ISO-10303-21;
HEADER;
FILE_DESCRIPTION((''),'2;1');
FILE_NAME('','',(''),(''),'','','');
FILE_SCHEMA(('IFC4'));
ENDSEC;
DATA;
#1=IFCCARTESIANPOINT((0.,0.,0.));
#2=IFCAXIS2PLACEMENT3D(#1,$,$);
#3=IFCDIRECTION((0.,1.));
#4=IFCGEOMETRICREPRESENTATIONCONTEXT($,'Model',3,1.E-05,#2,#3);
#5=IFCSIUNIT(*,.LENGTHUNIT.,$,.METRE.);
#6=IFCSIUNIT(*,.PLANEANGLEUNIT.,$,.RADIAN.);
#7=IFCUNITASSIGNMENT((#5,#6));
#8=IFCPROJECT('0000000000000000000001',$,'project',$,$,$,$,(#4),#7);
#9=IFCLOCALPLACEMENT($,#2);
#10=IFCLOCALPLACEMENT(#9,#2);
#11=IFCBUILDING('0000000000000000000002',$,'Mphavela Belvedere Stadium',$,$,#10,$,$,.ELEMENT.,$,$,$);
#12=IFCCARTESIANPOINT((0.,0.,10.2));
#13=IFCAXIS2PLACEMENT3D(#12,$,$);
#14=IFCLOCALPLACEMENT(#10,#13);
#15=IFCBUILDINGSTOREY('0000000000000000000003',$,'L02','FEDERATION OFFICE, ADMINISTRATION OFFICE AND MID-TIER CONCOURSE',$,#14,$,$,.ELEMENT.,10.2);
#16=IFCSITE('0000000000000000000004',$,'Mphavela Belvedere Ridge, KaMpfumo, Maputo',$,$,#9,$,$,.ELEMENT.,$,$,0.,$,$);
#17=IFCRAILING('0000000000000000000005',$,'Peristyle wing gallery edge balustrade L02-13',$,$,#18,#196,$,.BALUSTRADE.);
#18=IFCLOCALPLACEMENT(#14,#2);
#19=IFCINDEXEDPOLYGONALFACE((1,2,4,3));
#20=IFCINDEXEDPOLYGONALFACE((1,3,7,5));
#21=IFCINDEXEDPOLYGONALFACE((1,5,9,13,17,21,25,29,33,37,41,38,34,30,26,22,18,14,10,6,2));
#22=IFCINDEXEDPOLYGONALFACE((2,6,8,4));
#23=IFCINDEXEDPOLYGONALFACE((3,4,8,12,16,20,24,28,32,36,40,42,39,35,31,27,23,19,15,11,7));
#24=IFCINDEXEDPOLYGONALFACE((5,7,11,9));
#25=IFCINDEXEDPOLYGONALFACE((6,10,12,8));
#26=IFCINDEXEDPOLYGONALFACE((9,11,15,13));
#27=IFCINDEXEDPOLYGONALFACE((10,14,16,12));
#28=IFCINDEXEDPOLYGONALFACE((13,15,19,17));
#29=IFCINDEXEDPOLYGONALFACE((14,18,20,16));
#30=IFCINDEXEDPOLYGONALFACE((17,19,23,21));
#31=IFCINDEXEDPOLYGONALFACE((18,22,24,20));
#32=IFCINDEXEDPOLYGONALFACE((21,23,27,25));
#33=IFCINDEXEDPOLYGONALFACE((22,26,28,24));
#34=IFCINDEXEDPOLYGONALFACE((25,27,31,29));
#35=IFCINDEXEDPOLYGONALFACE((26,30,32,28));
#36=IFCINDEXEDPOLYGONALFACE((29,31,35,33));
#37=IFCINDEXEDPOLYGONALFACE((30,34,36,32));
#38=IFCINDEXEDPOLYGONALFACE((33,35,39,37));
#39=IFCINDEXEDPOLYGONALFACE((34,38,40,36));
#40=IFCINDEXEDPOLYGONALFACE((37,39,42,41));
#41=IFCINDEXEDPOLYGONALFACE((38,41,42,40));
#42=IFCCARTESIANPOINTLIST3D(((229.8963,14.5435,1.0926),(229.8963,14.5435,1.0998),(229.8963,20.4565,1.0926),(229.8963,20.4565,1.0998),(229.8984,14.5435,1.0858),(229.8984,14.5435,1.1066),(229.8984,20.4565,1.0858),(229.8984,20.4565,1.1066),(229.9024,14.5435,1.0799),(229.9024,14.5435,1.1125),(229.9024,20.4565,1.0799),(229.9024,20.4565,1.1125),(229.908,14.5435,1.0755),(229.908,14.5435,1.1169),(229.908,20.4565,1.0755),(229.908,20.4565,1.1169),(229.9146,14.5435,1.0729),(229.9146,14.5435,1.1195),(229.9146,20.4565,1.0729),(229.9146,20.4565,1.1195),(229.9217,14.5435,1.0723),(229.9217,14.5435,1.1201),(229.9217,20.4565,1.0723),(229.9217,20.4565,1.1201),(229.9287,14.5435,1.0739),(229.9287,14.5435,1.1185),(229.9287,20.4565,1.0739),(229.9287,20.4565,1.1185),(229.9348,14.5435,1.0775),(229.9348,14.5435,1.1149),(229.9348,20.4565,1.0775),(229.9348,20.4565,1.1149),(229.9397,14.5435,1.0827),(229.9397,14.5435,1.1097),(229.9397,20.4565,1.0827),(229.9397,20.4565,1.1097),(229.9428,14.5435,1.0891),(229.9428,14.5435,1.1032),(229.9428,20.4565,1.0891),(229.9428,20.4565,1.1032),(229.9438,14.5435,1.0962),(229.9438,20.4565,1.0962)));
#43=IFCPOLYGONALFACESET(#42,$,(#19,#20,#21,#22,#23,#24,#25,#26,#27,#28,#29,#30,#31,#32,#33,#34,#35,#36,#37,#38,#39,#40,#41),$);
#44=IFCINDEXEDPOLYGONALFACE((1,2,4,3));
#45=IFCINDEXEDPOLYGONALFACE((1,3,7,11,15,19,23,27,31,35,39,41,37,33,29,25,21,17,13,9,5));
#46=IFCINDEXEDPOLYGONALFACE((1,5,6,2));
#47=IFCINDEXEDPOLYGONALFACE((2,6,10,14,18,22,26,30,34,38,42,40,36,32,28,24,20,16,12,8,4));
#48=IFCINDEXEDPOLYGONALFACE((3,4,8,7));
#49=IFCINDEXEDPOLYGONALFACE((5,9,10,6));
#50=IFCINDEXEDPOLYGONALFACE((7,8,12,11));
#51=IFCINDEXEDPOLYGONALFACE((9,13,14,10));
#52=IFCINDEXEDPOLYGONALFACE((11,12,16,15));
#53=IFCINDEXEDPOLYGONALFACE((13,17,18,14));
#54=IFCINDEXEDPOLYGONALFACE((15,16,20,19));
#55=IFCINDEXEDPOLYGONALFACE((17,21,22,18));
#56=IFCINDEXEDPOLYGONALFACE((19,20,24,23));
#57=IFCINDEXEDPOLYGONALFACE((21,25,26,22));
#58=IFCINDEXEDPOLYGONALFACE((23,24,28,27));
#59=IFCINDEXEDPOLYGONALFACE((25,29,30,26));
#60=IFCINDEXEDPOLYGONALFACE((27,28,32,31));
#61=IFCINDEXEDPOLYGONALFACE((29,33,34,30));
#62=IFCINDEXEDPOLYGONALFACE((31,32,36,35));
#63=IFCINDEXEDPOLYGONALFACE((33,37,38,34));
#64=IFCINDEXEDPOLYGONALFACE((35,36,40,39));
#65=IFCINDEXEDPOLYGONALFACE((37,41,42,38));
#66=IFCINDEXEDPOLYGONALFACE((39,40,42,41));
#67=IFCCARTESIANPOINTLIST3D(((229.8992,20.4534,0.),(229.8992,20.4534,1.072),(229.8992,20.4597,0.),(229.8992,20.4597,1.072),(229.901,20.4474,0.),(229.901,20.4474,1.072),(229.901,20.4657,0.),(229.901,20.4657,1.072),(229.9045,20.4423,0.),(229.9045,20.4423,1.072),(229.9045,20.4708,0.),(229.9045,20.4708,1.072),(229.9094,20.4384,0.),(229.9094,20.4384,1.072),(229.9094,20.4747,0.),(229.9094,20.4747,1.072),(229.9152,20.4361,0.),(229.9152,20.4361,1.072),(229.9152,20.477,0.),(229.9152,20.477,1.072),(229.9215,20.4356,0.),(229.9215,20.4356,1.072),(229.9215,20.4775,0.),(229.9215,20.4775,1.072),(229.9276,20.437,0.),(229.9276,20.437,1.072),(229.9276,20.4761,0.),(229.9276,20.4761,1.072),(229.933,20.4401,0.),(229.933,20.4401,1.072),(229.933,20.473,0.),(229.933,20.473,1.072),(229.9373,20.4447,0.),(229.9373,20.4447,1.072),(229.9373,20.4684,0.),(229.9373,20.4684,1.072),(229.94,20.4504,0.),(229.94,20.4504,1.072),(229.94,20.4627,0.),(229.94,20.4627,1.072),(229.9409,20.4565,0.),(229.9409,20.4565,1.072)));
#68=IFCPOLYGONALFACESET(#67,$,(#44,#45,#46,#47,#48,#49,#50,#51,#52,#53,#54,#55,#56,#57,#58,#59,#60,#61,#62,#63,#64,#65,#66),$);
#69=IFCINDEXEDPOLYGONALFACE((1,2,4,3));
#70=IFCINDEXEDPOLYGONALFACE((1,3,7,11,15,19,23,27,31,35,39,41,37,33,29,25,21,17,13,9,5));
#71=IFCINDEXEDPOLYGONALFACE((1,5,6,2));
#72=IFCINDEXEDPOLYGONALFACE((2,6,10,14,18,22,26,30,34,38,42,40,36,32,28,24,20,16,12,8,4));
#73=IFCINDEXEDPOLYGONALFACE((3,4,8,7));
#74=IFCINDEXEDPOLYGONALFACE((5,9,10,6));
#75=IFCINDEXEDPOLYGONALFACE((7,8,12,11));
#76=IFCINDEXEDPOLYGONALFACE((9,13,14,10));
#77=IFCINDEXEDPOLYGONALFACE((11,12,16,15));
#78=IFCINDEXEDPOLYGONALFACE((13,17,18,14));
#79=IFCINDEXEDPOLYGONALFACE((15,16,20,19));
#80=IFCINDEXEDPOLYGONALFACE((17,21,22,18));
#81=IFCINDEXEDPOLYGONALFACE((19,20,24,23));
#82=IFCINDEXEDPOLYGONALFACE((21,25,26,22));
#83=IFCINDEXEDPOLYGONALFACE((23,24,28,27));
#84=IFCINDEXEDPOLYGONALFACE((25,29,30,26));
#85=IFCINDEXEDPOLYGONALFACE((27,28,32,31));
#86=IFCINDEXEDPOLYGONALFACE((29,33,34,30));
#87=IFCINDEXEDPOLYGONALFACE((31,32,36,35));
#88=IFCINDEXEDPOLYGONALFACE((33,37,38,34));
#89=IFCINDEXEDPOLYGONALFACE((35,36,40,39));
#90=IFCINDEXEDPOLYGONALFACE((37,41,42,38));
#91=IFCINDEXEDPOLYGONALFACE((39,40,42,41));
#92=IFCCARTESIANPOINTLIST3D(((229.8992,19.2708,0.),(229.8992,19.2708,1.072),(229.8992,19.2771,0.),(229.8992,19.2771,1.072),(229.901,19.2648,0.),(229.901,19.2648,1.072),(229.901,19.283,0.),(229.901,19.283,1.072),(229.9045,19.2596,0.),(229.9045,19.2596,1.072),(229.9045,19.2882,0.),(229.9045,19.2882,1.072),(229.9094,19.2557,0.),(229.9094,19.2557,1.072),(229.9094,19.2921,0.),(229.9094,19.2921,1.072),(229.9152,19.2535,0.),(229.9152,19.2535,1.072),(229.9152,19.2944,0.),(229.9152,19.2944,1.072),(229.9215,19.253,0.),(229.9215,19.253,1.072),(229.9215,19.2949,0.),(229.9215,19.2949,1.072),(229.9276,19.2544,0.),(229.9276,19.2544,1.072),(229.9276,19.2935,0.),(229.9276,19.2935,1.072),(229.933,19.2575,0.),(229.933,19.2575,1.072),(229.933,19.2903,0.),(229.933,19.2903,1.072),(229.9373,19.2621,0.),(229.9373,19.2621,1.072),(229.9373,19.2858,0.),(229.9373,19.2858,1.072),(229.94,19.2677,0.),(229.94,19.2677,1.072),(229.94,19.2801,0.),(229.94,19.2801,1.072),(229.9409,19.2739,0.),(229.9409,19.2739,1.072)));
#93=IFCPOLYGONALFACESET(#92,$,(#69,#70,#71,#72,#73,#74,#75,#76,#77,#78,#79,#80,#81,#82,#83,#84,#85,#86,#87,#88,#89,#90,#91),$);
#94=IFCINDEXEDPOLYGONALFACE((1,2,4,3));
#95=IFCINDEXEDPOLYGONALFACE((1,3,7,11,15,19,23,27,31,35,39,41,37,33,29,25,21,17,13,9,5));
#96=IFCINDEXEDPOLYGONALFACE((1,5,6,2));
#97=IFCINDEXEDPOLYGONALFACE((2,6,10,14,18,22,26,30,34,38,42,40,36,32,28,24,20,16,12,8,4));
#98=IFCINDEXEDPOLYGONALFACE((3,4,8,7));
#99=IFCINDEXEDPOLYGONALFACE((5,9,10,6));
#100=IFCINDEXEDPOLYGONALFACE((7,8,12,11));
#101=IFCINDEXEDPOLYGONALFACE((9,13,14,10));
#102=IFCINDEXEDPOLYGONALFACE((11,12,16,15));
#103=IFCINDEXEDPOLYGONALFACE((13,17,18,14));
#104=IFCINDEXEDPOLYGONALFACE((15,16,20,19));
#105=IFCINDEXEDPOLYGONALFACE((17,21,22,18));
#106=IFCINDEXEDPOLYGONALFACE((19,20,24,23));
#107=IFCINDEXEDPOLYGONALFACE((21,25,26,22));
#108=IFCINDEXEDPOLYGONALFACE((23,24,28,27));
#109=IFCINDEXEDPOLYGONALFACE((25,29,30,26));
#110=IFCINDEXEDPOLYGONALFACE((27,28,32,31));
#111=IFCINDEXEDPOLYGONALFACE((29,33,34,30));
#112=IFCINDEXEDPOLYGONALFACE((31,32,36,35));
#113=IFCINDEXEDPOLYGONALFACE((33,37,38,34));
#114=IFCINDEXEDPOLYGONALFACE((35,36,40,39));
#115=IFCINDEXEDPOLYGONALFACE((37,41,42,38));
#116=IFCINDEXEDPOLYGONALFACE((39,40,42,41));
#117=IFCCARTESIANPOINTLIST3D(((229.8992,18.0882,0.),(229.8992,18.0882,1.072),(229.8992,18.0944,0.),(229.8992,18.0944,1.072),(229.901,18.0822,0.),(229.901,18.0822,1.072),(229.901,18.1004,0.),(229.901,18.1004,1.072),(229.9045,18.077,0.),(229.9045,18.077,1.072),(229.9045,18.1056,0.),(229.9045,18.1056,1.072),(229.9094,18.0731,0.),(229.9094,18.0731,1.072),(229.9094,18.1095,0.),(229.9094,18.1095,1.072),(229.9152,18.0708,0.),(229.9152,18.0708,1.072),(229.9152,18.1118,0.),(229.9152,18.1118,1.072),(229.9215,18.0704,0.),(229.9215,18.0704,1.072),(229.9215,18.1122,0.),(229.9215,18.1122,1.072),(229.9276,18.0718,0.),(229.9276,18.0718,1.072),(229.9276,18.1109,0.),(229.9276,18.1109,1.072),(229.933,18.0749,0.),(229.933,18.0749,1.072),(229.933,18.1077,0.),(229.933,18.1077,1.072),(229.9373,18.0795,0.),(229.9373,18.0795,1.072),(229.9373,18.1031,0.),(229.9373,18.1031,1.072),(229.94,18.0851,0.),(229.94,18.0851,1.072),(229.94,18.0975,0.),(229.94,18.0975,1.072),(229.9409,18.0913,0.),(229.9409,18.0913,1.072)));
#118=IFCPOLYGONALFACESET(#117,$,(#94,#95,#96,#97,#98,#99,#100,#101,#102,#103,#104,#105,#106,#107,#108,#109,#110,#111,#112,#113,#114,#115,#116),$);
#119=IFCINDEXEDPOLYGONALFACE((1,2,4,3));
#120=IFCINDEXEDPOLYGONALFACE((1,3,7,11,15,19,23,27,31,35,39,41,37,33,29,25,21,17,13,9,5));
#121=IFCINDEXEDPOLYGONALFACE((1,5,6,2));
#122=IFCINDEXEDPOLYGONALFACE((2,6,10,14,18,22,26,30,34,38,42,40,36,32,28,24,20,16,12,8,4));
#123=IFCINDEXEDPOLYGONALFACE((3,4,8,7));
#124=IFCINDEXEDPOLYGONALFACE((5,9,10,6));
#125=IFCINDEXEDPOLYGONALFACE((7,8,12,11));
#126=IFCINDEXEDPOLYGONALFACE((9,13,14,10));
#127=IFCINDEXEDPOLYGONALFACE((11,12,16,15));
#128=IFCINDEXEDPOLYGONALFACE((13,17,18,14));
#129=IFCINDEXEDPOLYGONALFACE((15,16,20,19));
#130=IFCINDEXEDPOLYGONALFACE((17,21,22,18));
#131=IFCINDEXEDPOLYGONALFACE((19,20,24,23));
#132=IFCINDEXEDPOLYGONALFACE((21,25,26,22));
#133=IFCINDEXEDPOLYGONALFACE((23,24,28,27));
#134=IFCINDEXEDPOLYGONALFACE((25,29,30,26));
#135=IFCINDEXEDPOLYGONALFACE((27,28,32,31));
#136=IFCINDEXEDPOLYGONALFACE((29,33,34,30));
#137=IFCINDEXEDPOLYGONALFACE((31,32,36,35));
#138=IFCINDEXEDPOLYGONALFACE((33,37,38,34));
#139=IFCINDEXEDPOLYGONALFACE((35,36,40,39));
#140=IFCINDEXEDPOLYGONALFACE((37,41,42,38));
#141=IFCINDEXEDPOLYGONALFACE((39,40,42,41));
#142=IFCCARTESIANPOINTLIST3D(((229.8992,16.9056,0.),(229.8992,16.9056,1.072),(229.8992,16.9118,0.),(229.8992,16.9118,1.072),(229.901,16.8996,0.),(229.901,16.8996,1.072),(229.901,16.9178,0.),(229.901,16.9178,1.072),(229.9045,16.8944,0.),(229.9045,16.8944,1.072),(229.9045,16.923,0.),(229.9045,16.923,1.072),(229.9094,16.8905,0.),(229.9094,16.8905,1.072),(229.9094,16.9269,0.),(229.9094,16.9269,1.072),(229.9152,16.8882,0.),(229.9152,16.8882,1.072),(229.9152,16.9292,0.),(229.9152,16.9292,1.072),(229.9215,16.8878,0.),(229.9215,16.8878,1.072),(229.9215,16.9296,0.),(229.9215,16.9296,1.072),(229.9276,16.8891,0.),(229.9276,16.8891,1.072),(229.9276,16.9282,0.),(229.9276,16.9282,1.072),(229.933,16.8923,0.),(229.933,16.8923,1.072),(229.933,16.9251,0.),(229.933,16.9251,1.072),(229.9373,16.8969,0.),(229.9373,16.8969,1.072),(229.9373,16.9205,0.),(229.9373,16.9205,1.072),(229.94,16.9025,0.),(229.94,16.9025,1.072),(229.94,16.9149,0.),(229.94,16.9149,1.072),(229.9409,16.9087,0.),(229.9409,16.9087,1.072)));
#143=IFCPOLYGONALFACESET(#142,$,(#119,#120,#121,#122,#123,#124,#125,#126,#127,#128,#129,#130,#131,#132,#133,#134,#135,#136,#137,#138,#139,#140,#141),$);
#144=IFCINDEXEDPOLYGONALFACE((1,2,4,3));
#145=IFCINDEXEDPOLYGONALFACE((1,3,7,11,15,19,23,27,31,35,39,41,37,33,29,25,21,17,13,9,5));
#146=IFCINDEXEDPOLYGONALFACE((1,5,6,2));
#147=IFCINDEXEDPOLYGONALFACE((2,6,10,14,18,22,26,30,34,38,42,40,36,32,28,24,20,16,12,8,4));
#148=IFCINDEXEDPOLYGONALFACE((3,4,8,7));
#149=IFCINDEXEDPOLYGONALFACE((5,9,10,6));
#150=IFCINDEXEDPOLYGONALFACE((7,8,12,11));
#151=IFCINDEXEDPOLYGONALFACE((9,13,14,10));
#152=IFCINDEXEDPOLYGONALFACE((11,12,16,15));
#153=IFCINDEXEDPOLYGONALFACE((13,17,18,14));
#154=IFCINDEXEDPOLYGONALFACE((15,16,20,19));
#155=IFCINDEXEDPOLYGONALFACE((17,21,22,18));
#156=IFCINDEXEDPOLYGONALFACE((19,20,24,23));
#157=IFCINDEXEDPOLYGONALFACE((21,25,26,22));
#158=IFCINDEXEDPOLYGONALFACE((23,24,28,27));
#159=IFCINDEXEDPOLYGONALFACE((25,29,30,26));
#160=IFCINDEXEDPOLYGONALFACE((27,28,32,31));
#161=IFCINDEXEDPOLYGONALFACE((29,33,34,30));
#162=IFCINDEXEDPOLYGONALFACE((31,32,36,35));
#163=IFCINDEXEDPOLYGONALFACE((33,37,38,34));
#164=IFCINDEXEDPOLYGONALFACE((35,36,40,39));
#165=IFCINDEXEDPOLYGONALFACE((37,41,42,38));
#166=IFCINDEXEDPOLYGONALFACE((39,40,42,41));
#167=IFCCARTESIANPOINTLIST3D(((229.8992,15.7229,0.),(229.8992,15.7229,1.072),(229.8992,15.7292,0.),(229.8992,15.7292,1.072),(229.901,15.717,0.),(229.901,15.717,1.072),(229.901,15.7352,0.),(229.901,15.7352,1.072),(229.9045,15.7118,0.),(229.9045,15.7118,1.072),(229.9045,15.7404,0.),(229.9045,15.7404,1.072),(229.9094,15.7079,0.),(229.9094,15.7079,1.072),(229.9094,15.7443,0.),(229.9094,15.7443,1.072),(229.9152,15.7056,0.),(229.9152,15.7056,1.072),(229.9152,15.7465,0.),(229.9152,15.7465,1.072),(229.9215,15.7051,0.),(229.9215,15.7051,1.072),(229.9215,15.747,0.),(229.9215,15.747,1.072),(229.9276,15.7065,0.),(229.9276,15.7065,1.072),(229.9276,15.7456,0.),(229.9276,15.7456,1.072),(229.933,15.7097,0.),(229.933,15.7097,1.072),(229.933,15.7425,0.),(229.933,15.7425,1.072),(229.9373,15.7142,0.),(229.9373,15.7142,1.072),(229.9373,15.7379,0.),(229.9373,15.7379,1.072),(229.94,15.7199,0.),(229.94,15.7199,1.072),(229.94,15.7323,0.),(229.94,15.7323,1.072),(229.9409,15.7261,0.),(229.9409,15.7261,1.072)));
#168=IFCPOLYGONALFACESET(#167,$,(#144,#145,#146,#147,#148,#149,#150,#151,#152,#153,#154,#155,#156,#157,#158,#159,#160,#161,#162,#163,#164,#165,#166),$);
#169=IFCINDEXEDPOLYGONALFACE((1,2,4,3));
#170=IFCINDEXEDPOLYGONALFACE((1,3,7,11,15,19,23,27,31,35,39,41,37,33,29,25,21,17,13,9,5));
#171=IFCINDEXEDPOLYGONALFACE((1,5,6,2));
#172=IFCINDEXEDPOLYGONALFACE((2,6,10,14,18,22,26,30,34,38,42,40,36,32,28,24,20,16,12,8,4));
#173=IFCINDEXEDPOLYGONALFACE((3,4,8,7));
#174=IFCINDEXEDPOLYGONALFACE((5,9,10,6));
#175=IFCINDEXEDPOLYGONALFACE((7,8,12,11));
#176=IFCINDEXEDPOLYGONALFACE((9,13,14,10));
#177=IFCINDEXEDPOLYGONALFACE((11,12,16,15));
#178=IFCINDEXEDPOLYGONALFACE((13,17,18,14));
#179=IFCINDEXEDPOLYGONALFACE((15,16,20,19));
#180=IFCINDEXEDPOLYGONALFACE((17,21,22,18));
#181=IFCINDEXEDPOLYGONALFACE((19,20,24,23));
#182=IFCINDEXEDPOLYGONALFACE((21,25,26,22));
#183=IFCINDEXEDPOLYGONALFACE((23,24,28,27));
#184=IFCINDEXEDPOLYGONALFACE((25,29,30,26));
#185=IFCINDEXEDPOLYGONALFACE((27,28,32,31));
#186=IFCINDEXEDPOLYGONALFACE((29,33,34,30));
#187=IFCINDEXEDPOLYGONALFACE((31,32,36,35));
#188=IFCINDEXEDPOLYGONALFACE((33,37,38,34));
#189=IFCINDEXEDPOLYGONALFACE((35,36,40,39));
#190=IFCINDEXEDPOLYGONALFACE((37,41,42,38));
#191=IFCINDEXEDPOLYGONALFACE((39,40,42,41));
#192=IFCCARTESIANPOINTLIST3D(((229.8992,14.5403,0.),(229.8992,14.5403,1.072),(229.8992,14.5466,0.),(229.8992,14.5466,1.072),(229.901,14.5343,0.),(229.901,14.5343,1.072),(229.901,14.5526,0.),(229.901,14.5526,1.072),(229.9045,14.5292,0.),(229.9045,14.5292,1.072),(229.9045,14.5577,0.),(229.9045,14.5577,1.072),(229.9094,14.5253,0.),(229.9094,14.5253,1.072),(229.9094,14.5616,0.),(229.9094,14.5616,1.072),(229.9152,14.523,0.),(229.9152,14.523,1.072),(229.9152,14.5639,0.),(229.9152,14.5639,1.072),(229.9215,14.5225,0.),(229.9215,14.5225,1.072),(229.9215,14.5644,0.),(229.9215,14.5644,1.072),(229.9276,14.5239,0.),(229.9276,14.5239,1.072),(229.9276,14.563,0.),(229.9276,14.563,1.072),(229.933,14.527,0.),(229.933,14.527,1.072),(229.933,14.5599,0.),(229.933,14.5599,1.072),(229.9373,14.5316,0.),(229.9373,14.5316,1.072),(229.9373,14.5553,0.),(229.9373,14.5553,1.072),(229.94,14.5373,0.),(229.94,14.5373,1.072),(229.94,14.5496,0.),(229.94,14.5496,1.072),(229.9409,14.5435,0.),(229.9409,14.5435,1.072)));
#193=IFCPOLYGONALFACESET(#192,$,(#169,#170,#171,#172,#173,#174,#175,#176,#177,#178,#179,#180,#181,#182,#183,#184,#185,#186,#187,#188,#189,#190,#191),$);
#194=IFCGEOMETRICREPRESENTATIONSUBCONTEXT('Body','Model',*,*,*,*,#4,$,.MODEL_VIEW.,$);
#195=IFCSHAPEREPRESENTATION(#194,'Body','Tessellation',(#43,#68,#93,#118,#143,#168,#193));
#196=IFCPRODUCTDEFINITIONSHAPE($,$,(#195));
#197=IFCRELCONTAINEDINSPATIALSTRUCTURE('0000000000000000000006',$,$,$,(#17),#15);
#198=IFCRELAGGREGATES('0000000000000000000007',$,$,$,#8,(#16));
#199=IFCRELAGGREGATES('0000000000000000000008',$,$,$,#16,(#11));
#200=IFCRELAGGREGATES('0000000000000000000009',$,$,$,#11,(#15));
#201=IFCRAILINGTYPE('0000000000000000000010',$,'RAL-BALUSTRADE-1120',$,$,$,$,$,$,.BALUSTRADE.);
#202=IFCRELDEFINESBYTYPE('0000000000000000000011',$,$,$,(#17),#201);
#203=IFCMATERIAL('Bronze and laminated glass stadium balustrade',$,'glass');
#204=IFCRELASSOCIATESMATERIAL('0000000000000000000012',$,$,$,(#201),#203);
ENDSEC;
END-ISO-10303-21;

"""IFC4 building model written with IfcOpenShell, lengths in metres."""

from ifc_helpers import new_model, si_unit, direction, frame, origin, origin_2d, place, context, subcontext, project, spatial, circle, extrude, material, type_object, element, save


model = new_model("IFC4")

# Units and contexts
model_context = context("Model", 3, precision=1e-05, world=origin(), true_north=direction((0.0, 1.0)))
body_context = subcontext(model_context, "Body", "Model", "MODEL_VIEW")
ifc_project = project(units=[si_unit("LENGTHUNIT", "METRE"), si_unit("PLANEANGLEUNIT", "RADIAN")], contexts=[model_context])

# Site, building, storey
site_placement = place(None, origin())
site = spatial("IfcSite", under=ifc_project, at=site_placement, Name="Mphavela Belvedere Ridge, KaMpfumo, Maputo", CompositionType="ELEMENT", RefElevation=0.0)
building_placement = place(site_placement, origin())
building = spatial("IfcBuilding", under=site, at=building_placement, Name="Mphavela Belvedere Stadium", CompositionType="ELEMENT")
storey_placement = place(building_placement, frame((0.0, 0.0, 10.2)))
storey = spatial("IfcBuildingStorey", under=building, at=storey_placement, Name="L02", Description="FEDERATION OFFICE, ADMINISTRATION OFFICE AND MID-TIER CONCOURSE", CompositionType="ELEMENT", Elevation=10.2)

# Railing
ifc_material_1 = material(Name="Bronze and laminated glass stadium balustrade", Category="glass")
railing_type = type_object("IfcRailingType", Name="RAL-BALUSTRADE-1120", PredefinedType="BALUSTRADE", material=ifc_material_1)
for number, where, name in (
    (1, (229.9199, 20.4565, 0.0), "Peristyle wing gallery edge balustrade L02-13"),
):
    element("IfcRailing", number, at=place(storey_placement, frame(where)), inside=storey, type_object=railing_type, Name=name, PredefinedType="BALUSTRADE", context=body_context, shape_type="SweptSolid", body=[
        extrude(circle(Radius=0.0239, at=origin_2d()), frame((0.0, 0.0, 1.0962), z_axis=(0.0, -1.0, 0.0), x_axis=(1.0, 0.0, 0.0)), (0.0, 0.0, 1.0), 5.9131),
        extrude(circle(Radius=0.021, at=origin_2d()), origin(), (0.0, 0.0, 1.0), 1.072),
        extrude(circle(Radius=0.021, at=origin_2d()), frame((0.0, -1.1826, 0.0)), (0.0, 0.0, 1.0), 1.072),
        extrude(circle(Radius=0.021, at=origin_2d()), frame((0.0, -2.3652, 0.0)), (0.0, 0.0, 1.0), 1.072),
        extrude(circle(Radius=0.021, at=origin_2d()), frame((0.0, -3.5479, 0.0)), (0.0, 0.0, 1.0), 1.072),
        extrude(circle(Radius=0.021, at=origin_2d()), frame((0.0, -4.7305, 0.0)), (0.0, 0.0, 1.0), 1.072),
        extrude(circle(Radius=0.021, at=origin_2d()), frame((0.0, -5.9131, 0.0)), (0.0, 0.0, 1.0), 1.072),
    ])

save(model, "model.ifc")
